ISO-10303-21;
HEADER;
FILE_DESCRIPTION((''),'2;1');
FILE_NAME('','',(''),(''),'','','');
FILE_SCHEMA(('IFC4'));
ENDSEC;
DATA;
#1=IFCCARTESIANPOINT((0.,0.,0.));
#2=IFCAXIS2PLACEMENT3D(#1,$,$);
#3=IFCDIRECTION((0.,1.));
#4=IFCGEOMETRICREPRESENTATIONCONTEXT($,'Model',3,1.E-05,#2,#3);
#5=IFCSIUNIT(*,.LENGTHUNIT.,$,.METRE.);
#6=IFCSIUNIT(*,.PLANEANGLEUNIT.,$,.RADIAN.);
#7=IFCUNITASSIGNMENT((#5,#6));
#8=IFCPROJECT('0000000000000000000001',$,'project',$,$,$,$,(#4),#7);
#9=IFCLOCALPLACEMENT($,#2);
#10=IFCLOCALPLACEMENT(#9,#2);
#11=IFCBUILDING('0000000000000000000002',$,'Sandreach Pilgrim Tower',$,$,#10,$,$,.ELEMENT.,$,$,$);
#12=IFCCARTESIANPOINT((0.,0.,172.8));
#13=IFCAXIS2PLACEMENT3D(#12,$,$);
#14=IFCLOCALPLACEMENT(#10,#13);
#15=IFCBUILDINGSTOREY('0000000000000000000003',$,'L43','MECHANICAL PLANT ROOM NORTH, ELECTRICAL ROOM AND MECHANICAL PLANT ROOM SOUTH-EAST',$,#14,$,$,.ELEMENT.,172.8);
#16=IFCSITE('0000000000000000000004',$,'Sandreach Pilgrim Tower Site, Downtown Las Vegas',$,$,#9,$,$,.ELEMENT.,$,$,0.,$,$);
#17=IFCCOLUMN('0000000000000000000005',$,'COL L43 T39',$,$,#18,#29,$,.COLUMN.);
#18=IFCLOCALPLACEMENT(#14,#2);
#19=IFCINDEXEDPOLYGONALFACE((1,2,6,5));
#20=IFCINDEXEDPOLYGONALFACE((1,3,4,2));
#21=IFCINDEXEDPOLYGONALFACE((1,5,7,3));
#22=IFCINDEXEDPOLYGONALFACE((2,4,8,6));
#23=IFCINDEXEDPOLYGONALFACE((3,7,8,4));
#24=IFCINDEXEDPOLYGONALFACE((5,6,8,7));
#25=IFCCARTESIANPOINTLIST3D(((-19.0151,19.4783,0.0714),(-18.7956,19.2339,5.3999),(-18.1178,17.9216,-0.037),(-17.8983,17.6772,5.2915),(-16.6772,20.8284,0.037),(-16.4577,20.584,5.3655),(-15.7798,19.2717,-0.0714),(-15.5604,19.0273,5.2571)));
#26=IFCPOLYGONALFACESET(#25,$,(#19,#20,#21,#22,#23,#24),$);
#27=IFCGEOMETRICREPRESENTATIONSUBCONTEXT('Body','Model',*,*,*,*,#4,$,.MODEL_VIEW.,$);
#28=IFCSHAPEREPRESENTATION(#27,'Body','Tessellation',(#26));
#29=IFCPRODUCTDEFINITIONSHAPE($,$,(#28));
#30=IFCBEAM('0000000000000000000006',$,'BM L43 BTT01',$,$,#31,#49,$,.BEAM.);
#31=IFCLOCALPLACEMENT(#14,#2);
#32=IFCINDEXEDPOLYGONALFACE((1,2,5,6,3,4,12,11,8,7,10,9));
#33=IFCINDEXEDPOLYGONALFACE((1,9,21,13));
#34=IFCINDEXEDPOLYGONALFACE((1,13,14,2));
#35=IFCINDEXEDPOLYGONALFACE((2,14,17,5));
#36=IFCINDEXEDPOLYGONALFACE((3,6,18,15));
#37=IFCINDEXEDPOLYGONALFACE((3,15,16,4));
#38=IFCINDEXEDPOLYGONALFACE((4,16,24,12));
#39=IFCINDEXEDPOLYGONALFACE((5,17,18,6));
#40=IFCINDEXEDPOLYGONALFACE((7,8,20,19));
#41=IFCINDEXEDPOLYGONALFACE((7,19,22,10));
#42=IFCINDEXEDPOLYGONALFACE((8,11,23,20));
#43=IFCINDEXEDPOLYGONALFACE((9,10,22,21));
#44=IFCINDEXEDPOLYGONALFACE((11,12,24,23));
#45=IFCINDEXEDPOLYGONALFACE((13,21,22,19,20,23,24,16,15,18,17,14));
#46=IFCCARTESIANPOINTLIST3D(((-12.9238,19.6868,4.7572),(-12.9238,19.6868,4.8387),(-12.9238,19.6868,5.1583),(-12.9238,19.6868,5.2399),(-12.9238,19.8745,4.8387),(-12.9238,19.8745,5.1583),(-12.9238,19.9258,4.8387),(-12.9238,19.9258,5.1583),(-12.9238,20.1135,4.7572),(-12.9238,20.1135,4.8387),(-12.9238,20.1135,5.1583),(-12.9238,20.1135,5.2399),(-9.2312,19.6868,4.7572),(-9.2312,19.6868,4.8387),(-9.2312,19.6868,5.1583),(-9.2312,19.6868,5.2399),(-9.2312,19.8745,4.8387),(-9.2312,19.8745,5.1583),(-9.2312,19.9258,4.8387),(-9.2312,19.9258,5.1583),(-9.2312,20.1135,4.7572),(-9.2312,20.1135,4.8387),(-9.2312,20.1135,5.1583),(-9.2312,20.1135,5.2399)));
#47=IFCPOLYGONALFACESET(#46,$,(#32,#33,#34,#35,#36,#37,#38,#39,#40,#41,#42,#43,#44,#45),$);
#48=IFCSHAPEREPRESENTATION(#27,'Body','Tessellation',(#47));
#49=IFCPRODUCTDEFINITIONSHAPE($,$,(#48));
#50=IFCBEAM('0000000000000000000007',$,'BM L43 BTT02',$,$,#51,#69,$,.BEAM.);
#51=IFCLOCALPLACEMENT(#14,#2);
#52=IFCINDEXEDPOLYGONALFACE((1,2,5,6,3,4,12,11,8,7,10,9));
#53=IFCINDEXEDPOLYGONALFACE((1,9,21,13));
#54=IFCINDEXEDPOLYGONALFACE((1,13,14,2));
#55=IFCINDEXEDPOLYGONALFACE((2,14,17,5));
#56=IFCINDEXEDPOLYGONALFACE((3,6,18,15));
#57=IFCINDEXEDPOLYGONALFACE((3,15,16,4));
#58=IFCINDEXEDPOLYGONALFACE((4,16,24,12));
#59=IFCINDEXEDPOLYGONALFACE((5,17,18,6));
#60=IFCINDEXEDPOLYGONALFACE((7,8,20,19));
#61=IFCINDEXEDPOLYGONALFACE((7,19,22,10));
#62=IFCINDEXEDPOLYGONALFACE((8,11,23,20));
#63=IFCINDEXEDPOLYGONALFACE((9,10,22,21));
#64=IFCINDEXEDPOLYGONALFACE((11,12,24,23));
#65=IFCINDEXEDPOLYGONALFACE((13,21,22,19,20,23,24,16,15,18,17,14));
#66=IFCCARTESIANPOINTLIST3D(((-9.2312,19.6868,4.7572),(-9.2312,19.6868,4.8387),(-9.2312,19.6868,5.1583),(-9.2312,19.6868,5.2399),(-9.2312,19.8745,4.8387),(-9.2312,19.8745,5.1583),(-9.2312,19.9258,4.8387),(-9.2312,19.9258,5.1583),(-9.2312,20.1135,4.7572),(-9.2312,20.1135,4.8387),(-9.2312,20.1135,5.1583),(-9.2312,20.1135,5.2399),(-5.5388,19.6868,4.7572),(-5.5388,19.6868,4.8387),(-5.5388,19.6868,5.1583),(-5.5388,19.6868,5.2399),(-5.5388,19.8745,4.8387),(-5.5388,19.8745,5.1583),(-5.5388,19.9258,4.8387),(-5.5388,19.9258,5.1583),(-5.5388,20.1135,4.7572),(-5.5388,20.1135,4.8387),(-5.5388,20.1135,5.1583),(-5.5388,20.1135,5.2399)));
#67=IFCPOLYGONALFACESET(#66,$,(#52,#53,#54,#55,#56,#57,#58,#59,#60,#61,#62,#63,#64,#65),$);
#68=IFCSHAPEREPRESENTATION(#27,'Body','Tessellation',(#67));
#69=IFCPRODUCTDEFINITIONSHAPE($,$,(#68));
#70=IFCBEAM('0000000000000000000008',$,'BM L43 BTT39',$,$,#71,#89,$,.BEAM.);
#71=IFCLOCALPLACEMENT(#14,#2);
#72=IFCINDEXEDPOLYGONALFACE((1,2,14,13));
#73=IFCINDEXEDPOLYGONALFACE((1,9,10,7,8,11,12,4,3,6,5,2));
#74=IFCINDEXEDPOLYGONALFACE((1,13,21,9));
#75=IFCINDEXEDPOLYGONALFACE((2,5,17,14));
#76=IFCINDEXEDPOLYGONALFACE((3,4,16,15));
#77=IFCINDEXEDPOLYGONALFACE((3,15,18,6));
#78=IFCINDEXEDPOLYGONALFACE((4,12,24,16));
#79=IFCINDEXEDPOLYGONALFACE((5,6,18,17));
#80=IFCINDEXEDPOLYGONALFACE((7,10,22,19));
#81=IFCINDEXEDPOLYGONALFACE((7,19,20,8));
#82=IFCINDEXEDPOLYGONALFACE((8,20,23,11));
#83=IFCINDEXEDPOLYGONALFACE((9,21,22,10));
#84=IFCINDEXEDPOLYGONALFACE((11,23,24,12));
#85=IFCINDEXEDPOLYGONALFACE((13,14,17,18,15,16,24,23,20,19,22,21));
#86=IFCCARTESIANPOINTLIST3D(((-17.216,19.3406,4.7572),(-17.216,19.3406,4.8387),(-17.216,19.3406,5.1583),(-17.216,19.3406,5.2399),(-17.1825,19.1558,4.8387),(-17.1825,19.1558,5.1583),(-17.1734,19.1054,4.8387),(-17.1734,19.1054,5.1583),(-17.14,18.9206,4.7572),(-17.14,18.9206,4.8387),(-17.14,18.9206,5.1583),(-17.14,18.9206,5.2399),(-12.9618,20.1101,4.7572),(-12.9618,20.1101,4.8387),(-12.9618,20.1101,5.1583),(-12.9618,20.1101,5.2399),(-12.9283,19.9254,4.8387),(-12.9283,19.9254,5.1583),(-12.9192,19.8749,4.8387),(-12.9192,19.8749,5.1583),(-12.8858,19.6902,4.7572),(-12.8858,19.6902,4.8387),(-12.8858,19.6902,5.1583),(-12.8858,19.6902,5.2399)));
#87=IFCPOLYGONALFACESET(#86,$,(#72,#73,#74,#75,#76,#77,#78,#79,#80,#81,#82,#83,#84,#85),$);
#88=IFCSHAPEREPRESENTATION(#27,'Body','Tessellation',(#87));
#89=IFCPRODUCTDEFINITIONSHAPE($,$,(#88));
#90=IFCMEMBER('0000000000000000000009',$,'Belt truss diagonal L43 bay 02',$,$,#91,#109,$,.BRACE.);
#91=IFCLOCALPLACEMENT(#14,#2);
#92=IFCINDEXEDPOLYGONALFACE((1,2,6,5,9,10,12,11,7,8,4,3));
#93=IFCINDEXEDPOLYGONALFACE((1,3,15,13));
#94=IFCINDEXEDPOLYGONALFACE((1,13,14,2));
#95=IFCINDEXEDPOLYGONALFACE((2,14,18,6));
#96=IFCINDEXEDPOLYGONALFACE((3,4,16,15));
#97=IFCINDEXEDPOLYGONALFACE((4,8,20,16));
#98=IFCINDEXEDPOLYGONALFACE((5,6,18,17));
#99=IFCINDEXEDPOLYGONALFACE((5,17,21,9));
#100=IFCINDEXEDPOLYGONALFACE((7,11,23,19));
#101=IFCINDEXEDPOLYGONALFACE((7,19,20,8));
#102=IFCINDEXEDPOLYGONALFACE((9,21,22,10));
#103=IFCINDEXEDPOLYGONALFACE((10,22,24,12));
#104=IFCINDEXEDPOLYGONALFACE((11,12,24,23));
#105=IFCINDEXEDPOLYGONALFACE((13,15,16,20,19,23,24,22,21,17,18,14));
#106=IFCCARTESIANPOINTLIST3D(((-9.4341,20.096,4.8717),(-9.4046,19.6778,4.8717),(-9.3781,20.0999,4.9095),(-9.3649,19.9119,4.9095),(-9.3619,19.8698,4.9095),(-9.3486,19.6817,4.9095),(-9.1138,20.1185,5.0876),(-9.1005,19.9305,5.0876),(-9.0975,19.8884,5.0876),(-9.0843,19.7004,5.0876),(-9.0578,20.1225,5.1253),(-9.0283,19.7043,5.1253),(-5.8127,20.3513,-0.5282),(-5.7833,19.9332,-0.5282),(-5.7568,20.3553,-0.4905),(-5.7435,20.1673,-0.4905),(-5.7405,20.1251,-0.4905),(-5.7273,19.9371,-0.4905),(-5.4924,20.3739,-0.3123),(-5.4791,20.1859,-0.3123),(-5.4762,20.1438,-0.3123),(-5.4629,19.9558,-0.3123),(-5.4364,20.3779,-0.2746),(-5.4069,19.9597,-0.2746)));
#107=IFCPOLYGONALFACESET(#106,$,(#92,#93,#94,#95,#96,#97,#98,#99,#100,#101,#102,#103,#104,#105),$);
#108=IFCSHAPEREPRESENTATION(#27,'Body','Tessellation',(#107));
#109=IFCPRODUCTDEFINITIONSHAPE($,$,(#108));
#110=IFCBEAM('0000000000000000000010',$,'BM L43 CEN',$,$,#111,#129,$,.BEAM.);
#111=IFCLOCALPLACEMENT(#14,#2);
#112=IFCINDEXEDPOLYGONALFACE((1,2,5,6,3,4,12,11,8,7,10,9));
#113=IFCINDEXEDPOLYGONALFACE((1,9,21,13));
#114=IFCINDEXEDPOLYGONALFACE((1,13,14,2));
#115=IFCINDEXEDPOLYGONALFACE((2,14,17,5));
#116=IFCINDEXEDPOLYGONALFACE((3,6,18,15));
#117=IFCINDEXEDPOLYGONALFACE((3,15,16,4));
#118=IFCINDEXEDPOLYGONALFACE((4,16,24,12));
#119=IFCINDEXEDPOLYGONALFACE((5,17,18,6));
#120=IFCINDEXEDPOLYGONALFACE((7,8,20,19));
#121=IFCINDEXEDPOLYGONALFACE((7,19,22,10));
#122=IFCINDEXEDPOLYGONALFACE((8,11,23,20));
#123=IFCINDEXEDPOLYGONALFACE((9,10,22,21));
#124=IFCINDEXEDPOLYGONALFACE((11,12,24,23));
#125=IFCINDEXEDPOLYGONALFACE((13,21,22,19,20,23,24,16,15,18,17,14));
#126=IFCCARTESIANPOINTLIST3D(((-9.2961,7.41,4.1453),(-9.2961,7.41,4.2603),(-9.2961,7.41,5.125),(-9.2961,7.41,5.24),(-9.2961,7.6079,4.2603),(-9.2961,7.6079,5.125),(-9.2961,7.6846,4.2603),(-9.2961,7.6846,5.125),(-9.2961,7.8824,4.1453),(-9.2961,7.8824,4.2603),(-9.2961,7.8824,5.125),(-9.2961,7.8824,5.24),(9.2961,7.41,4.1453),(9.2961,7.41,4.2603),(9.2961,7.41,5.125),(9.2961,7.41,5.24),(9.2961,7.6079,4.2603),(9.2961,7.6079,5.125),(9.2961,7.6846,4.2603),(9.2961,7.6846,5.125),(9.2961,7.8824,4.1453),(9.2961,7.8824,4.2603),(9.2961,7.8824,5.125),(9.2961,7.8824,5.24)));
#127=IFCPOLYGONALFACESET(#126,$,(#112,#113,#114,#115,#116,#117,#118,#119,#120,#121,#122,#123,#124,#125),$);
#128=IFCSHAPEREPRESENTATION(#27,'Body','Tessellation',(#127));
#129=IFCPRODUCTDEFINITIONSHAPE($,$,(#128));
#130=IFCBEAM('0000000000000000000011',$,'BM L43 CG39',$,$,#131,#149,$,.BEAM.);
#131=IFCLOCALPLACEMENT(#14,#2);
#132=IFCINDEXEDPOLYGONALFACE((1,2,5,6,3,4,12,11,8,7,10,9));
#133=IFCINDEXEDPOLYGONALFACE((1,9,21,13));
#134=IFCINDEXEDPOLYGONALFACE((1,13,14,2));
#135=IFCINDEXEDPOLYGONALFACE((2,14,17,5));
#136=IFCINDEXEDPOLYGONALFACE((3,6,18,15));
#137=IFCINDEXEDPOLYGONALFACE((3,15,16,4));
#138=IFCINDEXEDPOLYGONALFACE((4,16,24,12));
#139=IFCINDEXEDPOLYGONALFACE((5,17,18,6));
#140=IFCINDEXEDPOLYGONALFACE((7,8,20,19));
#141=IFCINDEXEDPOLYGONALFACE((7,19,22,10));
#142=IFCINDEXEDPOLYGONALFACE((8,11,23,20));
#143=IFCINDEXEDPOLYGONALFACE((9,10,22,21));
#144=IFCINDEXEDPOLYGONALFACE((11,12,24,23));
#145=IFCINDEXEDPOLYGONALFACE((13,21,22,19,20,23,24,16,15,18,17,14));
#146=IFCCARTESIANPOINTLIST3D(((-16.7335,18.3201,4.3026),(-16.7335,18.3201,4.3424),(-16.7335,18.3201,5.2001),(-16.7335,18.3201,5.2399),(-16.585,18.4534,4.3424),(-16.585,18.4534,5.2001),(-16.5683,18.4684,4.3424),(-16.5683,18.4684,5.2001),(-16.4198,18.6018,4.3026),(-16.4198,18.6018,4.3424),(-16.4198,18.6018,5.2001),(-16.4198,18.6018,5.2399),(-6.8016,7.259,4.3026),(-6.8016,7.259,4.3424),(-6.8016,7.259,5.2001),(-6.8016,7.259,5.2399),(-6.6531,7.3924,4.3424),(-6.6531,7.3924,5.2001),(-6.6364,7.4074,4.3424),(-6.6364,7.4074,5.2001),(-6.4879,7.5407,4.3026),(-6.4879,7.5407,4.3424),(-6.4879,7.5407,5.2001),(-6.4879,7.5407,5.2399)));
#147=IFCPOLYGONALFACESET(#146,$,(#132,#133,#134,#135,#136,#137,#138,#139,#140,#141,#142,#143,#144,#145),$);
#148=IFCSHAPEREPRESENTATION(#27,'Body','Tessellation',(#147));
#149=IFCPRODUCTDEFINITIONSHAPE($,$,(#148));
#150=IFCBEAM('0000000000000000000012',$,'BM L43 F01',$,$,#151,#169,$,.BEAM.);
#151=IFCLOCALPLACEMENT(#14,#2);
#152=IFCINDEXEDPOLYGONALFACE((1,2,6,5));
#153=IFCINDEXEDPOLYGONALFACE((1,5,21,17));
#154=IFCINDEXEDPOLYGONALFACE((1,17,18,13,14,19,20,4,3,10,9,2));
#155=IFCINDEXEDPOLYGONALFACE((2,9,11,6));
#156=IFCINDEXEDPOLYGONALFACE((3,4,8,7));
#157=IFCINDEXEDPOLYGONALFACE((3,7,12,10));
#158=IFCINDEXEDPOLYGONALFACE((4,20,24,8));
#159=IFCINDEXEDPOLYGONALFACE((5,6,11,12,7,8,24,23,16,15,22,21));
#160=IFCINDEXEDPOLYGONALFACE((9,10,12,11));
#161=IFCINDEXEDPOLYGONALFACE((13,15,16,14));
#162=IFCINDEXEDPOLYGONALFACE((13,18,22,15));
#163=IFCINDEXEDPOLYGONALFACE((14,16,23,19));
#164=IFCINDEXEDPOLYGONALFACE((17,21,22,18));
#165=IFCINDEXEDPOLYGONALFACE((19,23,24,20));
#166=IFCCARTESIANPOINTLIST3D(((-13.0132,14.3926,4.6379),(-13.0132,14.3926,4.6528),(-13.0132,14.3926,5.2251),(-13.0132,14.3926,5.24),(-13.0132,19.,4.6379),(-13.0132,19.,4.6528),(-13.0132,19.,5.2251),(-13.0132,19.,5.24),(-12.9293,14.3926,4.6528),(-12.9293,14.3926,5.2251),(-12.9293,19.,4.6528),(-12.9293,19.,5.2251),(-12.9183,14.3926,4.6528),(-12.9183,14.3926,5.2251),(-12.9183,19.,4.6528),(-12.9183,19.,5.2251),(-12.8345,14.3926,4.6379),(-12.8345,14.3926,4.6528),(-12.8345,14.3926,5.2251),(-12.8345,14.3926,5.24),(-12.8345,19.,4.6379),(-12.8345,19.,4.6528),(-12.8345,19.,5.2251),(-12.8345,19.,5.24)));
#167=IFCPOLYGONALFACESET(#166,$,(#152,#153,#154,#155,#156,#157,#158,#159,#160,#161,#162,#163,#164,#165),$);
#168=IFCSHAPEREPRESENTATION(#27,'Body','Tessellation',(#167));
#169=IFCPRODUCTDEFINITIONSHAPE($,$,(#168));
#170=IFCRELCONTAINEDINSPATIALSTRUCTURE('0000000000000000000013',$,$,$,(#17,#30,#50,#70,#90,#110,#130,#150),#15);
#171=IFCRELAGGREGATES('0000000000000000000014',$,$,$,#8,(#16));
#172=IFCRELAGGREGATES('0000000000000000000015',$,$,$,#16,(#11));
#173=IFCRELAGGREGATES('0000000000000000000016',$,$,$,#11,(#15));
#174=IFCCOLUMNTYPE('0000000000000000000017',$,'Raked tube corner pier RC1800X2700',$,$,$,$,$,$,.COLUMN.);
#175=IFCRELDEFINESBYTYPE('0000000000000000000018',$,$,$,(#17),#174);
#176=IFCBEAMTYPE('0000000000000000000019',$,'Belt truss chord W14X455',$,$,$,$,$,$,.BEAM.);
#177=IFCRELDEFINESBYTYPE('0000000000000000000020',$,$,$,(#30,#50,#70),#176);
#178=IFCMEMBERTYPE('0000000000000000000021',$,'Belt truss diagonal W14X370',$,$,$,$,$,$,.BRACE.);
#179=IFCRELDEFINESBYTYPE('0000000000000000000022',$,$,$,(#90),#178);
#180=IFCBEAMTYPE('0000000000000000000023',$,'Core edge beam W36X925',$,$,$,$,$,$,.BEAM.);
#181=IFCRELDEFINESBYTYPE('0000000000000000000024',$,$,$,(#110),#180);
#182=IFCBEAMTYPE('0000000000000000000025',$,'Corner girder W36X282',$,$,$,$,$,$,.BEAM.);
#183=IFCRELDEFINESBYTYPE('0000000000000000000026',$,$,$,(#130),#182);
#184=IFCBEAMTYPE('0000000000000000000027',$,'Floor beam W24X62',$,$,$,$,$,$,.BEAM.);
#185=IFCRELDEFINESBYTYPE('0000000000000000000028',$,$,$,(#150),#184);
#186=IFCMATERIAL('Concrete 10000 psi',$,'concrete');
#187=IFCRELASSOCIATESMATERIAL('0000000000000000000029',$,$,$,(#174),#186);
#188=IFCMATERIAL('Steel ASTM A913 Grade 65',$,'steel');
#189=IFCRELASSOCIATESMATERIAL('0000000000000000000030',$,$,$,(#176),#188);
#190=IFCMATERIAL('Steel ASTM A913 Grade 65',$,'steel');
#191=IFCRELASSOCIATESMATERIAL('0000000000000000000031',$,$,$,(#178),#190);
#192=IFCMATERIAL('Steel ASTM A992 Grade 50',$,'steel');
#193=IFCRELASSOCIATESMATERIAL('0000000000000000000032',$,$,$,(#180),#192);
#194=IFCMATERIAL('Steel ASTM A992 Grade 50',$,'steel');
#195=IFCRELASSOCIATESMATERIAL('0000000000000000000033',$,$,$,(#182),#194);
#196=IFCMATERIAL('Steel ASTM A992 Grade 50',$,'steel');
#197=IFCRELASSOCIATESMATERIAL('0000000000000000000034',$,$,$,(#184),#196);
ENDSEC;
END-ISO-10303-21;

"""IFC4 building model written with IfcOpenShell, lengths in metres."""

from ifc_helpers import new_model, si_unit, direction, frame, origin, origin_2d, place, context, subcontext, project, spatial, rectangle, i_section, extrude, material, material_profile, profile_set, type_object, element, save


model = new_model("IFC4")

# Units and contexts
model_context = context("Model", 3, precision=1e-05, world=origin(), true_north=direction((0.0, 1.0)))
body_context = subcontext(model_context, "Body", "Model", "MODEL_VIEW")
ifc_project = project(units=[si_unit("LENGTHUNIT", "METRE"), si_unit("PLANEANGLEUNIT", "RADIAN")], contexts=[model_context])

# Site, building, storey
site_placement = place(None, origin())
site = spatial("IfcSite", under=ifc_project, at=site_placement, Name="Sandreach Pilgrim Tower Site, Downtown Las Vegas", CompositionType="ELEMENT", RefElevation=0.0)
building_placement = place(site_placement, origin())
building = spatial("IfcBuilding", under=site, at=building_placement, Name="Sandreach Pilgrim Tower", CompositionType="ELEMENT")
storey_placement = place(building_placement, frame((0.0, 0.0, 172.8)))
storey = spatial("IfcBuildingStorey", under=building, at=storey_placement, Name="L43", Description="MECHANICAL PLANT ROOM NORTH, ELECTRICAL ROOM AND MECHANICAL PLANT ROOM SOUTH-EAST", CompositionType="ELEMENT", Elevation=172.8)

# Column
ifc_material_1 = material(Name="Concrete 10000 psi", Category="concrete")
ifc_material_profile_1 = material_profile(ifc_material_1, rectangle(XDim=1.8, YDim=2.7, at=origin_2d()), Name="RC1800X2700")
ifc_profile_set_1 = profile_set([ifc_material_profile_1], Name="Concrete 10000 psi")
column_type = type_object("IfcColumnType", Name="Raked tube corner pier RC1800X2700", PredefinedType="COLUMN", material=ifc_profile_set_1)
column_placement = place(storey_placement, frame((-17.3975, 19.375, 0.0), z_axis=(0.041111, -0.045776, 0.998105), x_axis=(-0.498507, 0.864793, 0.060195)))
element("IfcColumn", 1, at=column_placement, inside=storey, type_object=column_type, Name="COL L43 T39", PredefinedType="COLUMN", context=body_context, shape_type="SweptSolid", body=[
    extrude(rectangle(XDim=1.8, YDim=2.7, at=origin_2d()), origin(), (0.0, 0.0, 1.0), 5.3386),
])

# Beams
ifc_material_2 = material(Name="Steel ASTM A913 Grade 65", Category="steel")
ifc_material_profile_2 = material_profile(ifc_material_2, i_section(OverallWidth=0.4268, OverallDepth=0.4827, WebThickness=0.0513, FlangeThickness=0.0815, at=origin_2d()), Name="W14X455")
ifc_profile_set_2 = profile_set([ifc_material_profile_2], Name="Steel ASTM A913 Grade 65")
beam_type_1 = type_object("IfcBeamType", Name="Belt truss chord W14X455", PredefinedType="BEAM", material=ifc_profile_set_2)
beam_1_placement = place(storey_placement, frame((-12.9238, 19.9001, 4.9985), z_axis=(1.0, 0.0, 0.0), x_axis=(0.0, 1.0, 0.0)))
element("IfcBeam", 2, at=beam_1_placement, inside=storey, type_object=beam_type_1, Name="BM L43 BTT01", PredefinedType="BEAM", context=body_context, shape_type="SweptSolid", body=[
    extrude(i_section(OverallWidth=0.4268, OverallDepth=0.4827, WebThickness=0.0513, FlangeThickness=0.0815, at=origin_2d()), origin(), (0.0, 0.0, 1.0), 3.6926),
])
beam_2_placement = place(storey_placement, frame((-9.2312, 19.9001, 4.9985), z_axis=(1.0, 0.0, 0.0), x_axis=(0.0, 1.0, 0.0)))
element("IfcBeam", 3, at=beam_2_placement, inside=storey, type_object=beam_type_1, Name="BM L43 BTT02", PredefinedType="BEAM", context=body_context, shape_type="SweptSolid", body=[
    extrude(i_section(OverallWidth=0.4268, OverallDepth=0.4827, WebThickness=0.0513, FlangeThickness=0.0815, at=origin_2d()), origin(), (0.0, 0.0, 1.0), 3.6924),
])
beam_3_placement = place(storey_placement, frame((-17.178, 19.1306, 4.9985), z_axis=(0.98403, 0.178001, 0.0), x_axis=(-0.178001, 0.98403, 0.0)))
element("IfcBeam", 4, at=beam_3_placement, inside=storey, type_object=beam_type_1, Name="BM L43 BTT39", PredefinedType="BEAM", context=body_context, shape_type="SweptSolid", body=[
    extrude(i_section(OverallWidth=0.4268, OverallDepth=0.4827, WebThickness=0.0513, FlangeThickness=0.0815, at=origin_2d()), origin(), (0.0, 0.0, 1.0), 4.3232),
])

# Member
ifc_material_3 = material(Name="Steel ASTM A913 Grade 65", Category="steel")
ifc_material_profile_3 = material_profile(ifc_material_3, i_section(OverallWidth=0.4192, OverallDepth=0.4546, WebThickness=0.0422, FlangeThickness=0.0676, at=origin_2d()), Name="W14X370")
ifc_profile_set_3 = profile_set([ifc_material_profile_3], Name="Steel ASTM A913 Grade 65")
member_type = type_object("IfcMemberType", Name="Belt truss diagonal W14X370", PredefinedType="BRACE", material=ifc_profile_set_3)
member_placement = place(storey_placement, frame((-9.2312, 19.9001, 4.9985), z_axis=(0.556548, 0.039247, -0.829888), x_axis=(-0.070344, 0.997523, 0.0)))
element("IfcMember", 5, at=member_placement, inside=storey, type_object=member_type, Name="Belt truss diagonal L43 bay 02", PredefinedType="BRACE", context=body_context, shape_type="SweptSolid", body=[
    extrude(i_section(OverallWidth=0.4192, OverallDepth=0.4546, WebThickness=0.0422, FlangeThickness=0.0676, at=origin_2d()), origin(), (0.0, 0.0, 1.0), 6.5068),
])

# Beams
ifc_material_4 = material(Name="Steel ASTM A992 Grade 50", Category="steel")
ifc_material_profile_4 = material_profile(ifc_material_4, i_section(OverallWidth=0.4724, OverallDepth=1.0947, WebThickness=0.0767, FlangeThickness=0.115, at=origin_2d()), Name="W36X925")
ifc_profile_set_4 = profile_set([ifc_material_profile_4], Name="Steel ASTM A992 Grade 50")
beam_type_2 = type_object("IfcBeamType", Name="Core edge beam W36X925", PredefinedType="BEAM", material=ifc_profile_set_4)
beam_4_placement = place(storey_placement, frame((-9.2961, 7.6462, 4.6926), z_axis=(1.0, 0.0, 0.0), x_axis=(0.0, 1.0, 0.0)))
element("IfcBeam", 6, at=beam_4_placement, inside=storey, type_object=beam_type_2, Name="BM L43 CEN", PredefinedType="BEAM", context=body_context, shape_type="SweptSolid", body=[
    extrude(i_section(OverallWidth=0.4724, OverallDepth=1.0947, WebThickness=0.0767, FlangeThickness=0.115, at=origin_2d()), origin(), (0.0, 0.0, 1.0), 18.5923),
])
ifc_material_5 = material(Name="Steel ASTM A992 Grade 50", Category="steel")
ifc_material_profile_5 = material_profile(ifc_material_5, i_section(OverallWidth=0.4216, OverallDepth=0.9373, WebThickness=0.0225, FlangeThickness=0.0398, at=origin_2d()), Name="W36X282")
ifc_profile_set_5 = profile_set([ifc_material_profile_5], Name="Steel ASTM A992 Grade 50")
beam_type_3 = type_object("IfcBeamType", Name="Corner girder W36X282", PredefinedType="BEAM", material=ifc_profile_set_5)
beam_5_placement = place(storey_placement, frame((-16.5767, 18.4609, 4.7712), z_axis=(0.668108, -0.744065, 0.0), x_axis=(0.744065, 0.668108, 0.0)))
element("IfcBeam", 7, at=beam_5_placement, inside=storey, type_object=beam_type_3, Name="BM L43 CG39", PredefinedType="BEAM", context=body_context, shape_type="SweptSolid", body=[
    extrude(i_section(OverallWidth=0.4216, OverallDepth=0.9373, WebThickness=0.0225, FlangeThickness=0.0398, at=origin_2d()), origin(), (0.0, 0.0, 1.0), 14.8657),
])
ifc_material_6 = material(Name="Steel ASTM A992 Grade 50", Category="steel")
ifc_material_profile_6 = material_profile(ifc_material_6, i_section(OverallWidth=0.1787, OverallDepth=0.6021, WebThickness=0.011, FlangeThickness=0.0149, at=origin_2d()), Name="W24X62")
ifc_profile_set_6 = profile_set([ifc_material_profile_6], Name="Steel ASTM A992 Grade 50")
beam_type_4 = type_object("IfcBeamType", Name="Floor beam W24X62", PredefinedType="BEAM", material=ifc_profile_set_6)
beam_6_placement = place(storey_placement, frame((-12.9238, 19.0, 4.939), z_axis=(0.0, -1.0, 0.0), x_axis=(1.0, 0.0, 0.0)))
element("IfcBeam", 8, at=beam_6_placement, inside=storey, type_object=beam_type_4, Name="BM L43 F01", PredefinedType="BEAM", context=body_context, shape_type="SweptSolid", body=[
    extrude(i_section(OverallWidth=0.1787, OverallDepth=0.6021, WebThickness=0.011, FlangeThickness=0.0149, at=origin_2d()), origin(), (0.0, 0.0, 1.0), 4.6074),
])

save(model, "model.ifc")
